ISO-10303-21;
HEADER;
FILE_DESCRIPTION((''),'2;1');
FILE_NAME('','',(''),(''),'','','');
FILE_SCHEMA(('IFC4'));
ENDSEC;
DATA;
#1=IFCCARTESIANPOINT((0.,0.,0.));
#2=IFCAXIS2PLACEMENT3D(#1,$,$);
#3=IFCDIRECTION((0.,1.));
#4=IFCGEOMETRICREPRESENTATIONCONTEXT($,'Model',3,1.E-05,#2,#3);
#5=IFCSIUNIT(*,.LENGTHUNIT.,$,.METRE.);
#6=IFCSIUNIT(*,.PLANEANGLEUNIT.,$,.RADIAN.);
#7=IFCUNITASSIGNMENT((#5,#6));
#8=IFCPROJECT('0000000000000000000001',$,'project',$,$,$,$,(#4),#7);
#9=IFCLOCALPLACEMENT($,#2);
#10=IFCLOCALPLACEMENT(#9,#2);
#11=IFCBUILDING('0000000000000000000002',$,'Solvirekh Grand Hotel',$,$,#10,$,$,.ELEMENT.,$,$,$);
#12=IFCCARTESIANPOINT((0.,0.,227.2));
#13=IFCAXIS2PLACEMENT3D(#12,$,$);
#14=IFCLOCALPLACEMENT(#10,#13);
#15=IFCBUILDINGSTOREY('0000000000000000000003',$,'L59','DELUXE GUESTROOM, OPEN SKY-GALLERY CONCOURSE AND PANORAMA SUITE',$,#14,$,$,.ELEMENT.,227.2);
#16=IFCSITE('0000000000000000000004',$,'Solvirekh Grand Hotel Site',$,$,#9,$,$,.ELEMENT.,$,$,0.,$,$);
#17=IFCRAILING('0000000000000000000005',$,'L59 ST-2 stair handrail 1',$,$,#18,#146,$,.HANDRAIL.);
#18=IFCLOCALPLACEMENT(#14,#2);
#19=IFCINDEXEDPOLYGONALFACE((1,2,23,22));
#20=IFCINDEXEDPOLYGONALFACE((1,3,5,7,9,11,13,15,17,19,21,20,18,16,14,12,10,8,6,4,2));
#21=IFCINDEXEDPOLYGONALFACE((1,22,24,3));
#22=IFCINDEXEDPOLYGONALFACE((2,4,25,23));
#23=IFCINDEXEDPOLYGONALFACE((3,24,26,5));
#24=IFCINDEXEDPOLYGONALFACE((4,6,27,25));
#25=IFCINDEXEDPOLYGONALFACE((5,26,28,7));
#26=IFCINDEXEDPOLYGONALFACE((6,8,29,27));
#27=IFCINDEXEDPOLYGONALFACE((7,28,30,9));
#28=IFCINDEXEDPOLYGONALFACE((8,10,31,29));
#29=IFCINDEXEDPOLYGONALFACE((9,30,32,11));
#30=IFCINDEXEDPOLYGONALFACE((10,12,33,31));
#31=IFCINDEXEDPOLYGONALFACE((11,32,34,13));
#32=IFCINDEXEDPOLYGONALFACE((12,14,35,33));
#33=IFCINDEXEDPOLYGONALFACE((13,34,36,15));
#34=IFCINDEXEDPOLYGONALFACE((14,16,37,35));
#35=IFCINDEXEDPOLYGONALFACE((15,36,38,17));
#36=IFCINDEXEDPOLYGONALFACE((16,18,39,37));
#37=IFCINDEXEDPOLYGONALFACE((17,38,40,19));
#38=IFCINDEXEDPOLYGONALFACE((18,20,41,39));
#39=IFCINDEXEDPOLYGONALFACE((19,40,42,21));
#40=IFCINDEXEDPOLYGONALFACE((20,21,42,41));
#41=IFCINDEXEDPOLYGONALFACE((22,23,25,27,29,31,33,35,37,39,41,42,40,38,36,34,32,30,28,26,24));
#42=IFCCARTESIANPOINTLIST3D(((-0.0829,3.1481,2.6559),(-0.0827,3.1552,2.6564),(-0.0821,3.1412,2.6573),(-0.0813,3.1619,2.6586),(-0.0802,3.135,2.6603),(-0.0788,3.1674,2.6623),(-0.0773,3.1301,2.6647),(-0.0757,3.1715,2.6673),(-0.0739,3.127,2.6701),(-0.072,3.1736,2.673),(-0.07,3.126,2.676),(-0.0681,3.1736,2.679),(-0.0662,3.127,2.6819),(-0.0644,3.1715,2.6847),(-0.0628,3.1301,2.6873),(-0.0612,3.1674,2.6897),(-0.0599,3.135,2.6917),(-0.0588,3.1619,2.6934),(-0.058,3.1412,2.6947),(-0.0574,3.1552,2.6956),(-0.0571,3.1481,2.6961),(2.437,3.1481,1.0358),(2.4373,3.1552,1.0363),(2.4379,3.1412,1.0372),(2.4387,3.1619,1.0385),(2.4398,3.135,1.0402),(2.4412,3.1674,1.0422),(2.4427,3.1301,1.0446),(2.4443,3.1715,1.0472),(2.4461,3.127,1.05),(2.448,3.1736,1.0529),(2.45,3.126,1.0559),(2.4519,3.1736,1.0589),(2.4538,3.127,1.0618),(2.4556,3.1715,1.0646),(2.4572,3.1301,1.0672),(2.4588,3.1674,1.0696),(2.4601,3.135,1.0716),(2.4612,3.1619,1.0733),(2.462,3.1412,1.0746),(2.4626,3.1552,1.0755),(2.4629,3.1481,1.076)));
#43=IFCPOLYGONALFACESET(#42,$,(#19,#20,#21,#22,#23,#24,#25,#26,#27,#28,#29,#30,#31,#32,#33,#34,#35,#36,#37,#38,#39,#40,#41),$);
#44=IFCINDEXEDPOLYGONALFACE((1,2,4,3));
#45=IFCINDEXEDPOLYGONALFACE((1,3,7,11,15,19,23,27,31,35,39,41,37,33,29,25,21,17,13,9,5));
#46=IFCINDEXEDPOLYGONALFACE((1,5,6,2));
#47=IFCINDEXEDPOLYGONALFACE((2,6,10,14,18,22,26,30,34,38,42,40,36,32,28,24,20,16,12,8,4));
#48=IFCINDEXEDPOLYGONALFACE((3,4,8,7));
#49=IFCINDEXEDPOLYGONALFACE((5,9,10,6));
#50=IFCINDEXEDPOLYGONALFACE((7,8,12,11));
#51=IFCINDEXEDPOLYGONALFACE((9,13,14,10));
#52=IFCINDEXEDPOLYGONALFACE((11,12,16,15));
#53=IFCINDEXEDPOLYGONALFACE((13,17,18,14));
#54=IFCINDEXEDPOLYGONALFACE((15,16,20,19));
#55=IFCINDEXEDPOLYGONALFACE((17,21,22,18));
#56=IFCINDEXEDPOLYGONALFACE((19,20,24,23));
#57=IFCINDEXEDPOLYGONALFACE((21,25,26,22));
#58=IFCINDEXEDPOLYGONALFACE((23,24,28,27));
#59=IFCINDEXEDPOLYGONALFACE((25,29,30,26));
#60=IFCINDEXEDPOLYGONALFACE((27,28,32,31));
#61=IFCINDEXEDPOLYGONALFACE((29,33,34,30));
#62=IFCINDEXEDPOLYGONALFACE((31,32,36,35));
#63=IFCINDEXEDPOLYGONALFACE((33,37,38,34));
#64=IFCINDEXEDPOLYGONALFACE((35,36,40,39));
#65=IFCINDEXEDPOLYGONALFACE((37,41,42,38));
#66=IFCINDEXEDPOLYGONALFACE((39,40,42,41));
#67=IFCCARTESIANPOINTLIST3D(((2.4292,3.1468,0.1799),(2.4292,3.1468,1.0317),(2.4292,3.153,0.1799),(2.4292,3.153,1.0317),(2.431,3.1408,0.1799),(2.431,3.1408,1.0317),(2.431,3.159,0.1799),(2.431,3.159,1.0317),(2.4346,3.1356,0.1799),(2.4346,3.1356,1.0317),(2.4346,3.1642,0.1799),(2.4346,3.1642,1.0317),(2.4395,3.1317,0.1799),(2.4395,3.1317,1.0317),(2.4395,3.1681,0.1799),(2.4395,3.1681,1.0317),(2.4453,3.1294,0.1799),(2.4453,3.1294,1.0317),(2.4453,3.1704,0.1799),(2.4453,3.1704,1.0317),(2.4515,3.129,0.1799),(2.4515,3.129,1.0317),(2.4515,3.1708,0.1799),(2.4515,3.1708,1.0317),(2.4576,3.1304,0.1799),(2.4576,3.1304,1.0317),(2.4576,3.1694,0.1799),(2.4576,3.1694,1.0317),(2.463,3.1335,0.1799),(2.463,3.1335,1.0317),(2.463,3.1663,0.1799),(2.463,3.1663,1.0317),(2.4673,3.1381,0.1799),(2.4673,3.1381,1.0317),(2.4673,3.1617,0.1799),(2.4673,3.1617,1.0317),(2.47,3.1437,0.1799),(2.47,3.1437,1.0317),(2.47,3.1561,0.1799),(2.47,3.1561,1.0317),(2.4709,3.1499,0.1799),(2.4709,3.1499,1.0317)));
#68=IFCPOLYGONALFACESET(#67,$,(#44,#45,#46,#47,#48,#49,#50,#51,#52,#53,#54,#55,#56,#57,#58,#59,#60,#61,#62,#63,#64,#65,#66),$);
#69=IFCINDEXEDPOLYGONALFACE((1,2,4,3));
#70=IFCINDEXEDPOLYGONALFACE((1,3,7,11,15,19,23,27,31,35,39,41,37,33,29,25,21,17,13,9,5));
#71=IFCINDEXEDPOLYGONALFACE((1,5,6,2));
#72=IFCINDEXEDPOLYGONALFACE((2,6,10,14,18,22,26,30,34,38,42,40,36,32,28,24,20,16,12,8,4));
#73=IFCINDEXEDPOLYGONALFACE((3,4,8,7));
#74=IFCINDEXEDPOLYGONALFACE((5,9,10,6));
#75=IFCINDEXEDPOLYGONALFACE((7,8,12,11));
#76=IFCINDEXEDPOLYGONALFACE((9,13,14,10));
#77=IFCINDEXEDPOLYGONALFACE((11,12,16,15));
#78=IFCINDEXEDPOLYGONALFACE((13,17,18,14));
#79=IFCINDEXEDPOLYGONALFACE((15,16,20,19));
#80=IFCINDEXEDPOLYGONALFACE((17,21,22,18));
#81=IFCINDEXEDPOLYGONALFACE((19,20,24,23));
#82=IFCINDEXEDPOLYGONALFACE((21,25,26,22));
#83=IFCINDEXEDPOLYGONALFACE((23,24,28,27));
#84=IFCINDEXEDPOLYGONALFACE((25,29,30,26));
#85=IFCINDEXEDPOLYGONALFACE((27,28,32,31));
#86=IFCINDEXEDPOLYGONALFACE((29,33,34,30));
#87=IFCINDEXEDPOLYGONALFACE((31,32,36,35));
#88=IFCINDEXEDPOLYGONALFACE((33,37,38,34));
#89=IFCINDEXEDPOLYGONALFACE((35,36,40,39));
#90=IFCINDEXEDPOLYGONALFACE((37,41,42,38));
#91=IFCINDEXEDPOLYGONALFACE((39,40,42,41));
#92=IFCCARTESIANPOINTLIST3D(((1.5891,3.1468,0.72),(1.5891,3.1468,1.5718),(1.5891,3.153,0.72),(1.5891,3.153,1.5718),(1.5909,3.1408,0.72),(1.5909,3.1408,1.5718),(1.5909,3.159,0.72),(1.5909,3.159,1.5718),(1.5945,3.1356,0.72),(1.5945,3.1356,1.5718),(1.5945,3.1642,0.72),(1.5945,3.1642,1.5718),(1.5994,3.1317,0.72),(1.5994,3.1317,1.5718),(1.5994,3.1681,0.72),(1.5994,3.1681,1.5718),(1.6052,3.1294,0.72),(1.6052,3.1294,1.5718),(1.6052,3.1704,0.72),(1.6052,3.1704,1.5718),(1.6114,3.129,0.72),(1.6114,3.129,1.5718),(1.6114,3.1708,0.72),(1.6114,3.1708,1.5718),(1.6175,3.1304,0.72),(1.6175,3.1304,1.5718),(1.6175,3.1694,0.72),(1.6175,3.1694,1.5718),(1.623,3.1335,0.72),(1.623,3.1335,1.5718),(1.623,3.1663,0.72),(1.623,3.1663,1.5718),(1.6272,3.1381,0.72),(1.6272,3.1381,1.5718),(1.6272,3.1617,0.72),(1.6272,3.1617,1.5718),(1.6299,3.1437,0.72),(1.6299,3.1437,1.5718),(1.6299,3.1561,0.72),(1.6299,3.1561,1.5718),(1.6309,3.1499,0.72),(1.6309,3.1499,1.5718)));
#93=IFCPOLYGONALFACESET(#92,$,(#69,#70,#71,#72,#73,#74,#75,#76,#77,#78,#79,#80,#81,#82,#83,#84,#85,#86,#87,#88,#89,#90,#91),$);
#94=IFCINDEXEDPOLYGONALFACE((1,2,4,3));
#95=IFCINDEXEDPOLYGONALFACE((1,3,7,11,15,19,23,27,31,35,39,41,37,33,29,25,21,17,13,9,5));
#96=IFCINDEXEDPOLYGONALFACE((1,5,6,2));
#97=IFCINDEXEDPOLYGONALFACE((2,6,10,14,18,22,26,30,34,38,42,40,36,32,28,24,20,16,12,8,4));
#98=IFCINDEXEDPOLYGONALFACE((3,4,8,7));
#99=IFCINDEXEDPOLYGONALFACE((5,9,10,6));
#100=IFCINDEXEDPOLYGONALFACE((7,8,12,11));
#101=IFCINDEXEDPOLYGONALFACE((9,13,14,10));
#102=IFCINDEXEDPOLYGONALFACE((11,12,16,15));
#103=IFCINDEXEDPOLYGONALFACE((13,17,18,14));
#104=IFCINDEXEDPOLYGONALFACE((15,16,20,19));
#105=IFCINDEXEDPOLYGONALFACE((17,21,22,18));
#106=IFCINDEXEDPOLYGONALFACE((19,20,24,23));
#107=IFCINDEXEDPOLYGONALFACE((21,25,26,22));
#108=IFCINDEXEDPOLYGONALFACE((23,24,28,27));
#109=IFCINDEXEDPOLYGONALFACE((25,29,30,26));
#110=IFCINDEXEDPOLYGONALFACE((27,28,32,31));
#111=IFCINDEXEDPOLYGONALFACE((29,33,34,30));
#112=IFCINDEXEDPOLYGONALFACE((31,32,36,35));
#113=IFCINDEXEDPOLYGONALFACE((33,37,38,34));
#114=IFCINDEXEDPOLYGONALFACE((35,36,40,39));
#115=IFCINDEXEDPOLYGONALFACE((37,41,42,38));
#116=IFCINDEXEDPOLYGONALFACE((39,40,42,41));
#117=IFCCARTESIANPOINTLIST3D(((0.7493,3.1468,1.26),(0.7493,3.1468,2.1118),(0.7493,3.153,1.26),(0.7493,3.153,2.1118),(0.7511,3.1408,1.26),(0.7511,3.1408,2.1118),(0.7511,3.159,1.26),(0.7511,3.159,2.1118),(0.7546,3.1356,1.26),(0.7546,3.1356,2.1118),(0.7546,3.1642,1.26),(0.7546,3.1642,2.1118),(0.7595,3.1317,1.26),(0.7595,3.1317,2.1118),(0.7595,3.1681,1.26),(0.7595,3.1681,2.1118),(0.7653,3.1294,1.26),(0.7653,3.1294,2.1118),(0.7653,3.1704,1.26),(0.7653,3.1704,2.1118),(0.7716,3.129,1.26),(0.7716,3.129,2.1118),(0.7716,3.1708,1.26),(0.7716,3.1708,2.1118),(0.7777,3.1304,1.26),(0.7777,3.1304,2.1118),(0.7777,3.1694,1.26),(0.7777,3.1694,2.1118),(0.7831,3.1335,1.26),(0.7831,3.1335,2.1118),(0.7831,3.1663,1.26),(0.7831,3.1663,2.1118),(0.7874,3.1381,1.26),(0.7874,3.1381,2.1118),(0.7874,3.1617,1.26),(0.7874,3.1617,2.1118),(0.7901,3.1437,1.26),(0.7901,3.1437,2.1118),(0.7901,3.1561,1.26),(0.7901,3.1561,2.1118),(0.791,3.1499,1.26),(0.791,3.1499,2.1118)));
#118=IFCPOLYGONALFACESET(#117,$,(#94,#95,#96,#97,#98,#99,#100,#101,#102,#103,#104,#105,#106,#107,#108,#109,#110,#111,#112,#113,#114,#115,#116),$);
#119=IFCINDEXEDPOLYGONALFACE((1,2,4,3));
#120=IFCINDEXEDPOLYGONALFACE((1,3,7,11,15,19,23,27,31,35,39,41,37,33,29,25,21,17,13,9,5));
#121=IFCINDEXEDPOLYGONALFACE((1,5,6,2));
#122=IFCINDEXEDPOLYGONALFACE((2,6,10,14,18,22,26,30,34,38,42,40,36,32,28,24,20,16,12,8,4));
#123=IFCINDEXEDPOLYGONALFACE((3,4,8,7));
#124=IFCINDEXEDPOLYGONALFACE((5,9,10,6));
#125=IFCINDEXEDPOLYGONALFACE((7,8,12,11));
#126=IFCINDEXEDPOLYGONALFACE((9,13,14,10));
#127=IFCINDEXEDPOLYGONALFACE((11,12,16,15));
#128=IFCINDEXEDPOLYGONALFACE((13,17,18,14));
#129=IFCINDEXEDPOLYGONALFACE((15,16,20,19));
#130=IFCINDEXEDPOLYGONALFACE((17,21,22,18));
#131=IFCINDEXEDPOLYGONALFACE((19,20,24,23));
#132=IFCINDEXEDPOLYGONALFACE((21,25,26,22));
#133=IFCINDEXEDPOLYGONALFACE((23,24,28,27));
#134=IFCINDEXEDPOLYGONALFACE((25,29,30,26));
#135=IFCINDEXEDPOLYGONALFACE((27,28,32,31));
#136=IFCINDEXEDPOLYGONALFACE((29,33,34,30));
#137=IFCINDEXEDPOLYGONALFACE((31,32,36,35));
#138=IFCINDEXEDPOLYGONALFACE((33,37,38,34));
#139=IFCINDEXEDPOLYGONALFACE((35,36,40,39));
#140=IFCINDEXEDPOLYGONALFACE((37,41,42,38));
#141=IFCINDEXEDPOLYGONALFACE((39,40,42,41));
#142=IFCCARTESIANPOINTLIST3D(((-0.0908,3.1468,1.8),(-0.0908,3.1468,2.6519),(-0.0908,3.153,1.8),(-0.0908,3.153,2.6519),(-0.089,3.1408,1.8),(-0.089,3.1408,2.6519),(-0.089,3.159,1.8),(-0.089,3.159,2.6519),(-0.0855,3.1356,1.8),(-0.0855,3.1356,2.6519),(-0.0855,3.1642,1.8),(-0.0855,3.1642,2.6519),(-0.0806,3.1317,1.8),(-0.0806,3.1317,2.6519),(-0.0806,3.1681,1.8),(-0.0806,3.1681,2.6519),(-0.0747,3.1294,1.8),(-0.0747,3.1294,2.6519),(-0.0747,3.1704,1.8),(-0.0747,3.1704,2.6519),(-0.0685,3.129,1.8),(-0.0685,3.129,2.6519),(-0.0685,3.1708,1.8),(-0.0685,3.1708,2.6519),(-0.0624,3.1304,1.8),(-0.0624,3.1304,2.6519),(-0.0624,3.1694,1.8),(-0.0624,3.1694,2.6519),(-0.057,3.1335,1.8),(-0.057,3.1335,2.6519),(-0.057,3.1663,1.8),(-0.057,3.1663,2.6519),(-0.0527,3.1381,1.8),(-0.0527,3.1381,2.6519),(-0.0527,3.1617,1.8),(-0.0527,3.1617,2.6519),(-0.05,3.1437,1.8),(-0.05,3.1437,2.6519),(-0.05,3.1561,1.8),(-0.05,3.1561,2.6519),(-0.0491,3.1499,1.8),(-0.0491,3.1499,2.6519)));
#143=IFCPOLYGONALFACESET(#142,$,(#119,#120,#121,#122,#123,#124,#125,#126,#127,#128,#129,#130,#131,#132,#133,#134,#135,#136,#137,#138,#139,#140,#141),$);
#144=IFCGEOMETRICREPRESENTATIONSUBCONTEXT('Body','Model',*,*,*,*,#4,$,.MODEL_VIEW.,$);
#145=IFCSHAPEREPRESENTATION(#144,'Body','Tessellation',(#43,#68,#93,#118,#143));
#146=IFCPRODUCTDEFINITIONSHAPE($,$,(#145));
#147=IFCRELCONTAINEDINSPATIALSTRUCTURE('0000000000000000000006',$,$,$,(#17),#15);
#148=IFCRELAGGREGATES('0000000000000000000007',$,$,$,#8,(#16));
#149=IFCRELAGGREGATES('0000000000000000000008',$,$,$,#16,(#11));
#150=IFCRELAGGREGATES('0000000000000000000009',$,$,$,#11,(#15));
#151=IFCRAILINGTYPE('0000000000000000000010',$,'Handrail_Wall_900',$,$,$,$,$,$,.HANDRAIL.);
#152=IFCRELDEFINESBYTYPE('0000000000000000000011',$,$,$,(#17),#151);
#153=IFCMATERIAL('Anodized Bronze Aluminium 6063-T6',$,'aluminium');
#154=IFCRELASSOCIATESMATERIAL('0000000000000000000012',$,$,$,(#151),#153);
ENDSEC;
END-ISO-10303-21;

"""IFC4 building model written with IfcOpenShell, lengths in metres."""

from ifc_helpers import new_model, si_unit, direction, frame, origin, origin_2d, place, context, subcontext, project, spatial, circle, extrude, material, type_object, element, save


model = new_model("IFC4")

# Units and contexts
model_context = context("Model", 3, precision=1e-05, world=origin(), true_north=direction((0.0, 1.0)))
body_context = subcontext(model_context, "Body", "Model", "MODEL_VIEW")
ifc_project = project(units=[si_unit("LENGTHUNIT", "METRE"), si_unit("PLANEANGLEUNIT", "RADIAN")], contexts=[model_context])

# Site, building, storey
site_placement = place(None, origin())
site = spatial("IfcSite", under=ifc_project, at=site_placement, Name="Solvirekh Grand Hotel Site", CompositionType="ELEMENT", RefElevation=0.0)
building_placement = place(site_placement, origin())
building = spatial("IfcBuilding", under=site, at=building_placement, Name="Solvirekh Grand Hotel", CompositionType="ELEMENT")
storey_placement = place(building_placement, frame((0.0, 0.0, 227.2)))
storey = spatial("IfcBuildingStorey", under=building, at=storey_placement, Name="L59", Description="DELUXE GUESTROOM, OPEN SKY-GALLERY CONCOURSE AND PANORAMA SUITE", CompositionType="ELEMENT", Elevation=227.2)

# Shared definitions
ifc_material_1 = material(Name="Anodized Bronze Aluminium 6063-T6", Category="aluminium")

# Railing
railing_type_1 = type_object("IfcRailingType", Name="Handrail_Wall_900", PredefinedType="HANDRAIL", material=ifc_material_1)
railing_1_placement = place(storey_placement, frame((2.45, 3.1499, 0.1799)))
element("IfcRailing", 1, at=railing_1_placement, inside=storey, type_object=railing_type_1, Name="L59 ST-2 stair handrail 1", PredefinedType="HANDRAIL", context=body_context, shape_type="SweptSolid", body=[
    extrude(circle(Radius=0.0239, at=origin_2d()), frame((0.0, 0.0, 0.876), z_axis=(-0.841163, 0.0, 0.540782), x_axis=(0.0, -1.0, 0.0)), (0.0, 0.0, 1.0), 2.9958),
    extrude(circle(Radius=0.021, at=origin_2d()), origin(), (0.0, 0.0, 1.0), 0.8518),
    extrude(circle(Radius=0.021, at=origin_2d()), frame((-0.8401, 0.0, 0.54)), (0.0, 0.0, 1.0), 0.8518),
    extrude(circle(Radius=0.021, at=origin_2d()), frame((-1.6799, 0.0, 1.0801)), (0.0, 0.0, 1.0), 0.8518),
    extrude(circle(Radius=0.021, at=origin_2d()), frame((-2.52, 0.0, 1.6201)), (0.0, 0.0, 1.0), 0.8518),
])

save(model, "model.ifc")
